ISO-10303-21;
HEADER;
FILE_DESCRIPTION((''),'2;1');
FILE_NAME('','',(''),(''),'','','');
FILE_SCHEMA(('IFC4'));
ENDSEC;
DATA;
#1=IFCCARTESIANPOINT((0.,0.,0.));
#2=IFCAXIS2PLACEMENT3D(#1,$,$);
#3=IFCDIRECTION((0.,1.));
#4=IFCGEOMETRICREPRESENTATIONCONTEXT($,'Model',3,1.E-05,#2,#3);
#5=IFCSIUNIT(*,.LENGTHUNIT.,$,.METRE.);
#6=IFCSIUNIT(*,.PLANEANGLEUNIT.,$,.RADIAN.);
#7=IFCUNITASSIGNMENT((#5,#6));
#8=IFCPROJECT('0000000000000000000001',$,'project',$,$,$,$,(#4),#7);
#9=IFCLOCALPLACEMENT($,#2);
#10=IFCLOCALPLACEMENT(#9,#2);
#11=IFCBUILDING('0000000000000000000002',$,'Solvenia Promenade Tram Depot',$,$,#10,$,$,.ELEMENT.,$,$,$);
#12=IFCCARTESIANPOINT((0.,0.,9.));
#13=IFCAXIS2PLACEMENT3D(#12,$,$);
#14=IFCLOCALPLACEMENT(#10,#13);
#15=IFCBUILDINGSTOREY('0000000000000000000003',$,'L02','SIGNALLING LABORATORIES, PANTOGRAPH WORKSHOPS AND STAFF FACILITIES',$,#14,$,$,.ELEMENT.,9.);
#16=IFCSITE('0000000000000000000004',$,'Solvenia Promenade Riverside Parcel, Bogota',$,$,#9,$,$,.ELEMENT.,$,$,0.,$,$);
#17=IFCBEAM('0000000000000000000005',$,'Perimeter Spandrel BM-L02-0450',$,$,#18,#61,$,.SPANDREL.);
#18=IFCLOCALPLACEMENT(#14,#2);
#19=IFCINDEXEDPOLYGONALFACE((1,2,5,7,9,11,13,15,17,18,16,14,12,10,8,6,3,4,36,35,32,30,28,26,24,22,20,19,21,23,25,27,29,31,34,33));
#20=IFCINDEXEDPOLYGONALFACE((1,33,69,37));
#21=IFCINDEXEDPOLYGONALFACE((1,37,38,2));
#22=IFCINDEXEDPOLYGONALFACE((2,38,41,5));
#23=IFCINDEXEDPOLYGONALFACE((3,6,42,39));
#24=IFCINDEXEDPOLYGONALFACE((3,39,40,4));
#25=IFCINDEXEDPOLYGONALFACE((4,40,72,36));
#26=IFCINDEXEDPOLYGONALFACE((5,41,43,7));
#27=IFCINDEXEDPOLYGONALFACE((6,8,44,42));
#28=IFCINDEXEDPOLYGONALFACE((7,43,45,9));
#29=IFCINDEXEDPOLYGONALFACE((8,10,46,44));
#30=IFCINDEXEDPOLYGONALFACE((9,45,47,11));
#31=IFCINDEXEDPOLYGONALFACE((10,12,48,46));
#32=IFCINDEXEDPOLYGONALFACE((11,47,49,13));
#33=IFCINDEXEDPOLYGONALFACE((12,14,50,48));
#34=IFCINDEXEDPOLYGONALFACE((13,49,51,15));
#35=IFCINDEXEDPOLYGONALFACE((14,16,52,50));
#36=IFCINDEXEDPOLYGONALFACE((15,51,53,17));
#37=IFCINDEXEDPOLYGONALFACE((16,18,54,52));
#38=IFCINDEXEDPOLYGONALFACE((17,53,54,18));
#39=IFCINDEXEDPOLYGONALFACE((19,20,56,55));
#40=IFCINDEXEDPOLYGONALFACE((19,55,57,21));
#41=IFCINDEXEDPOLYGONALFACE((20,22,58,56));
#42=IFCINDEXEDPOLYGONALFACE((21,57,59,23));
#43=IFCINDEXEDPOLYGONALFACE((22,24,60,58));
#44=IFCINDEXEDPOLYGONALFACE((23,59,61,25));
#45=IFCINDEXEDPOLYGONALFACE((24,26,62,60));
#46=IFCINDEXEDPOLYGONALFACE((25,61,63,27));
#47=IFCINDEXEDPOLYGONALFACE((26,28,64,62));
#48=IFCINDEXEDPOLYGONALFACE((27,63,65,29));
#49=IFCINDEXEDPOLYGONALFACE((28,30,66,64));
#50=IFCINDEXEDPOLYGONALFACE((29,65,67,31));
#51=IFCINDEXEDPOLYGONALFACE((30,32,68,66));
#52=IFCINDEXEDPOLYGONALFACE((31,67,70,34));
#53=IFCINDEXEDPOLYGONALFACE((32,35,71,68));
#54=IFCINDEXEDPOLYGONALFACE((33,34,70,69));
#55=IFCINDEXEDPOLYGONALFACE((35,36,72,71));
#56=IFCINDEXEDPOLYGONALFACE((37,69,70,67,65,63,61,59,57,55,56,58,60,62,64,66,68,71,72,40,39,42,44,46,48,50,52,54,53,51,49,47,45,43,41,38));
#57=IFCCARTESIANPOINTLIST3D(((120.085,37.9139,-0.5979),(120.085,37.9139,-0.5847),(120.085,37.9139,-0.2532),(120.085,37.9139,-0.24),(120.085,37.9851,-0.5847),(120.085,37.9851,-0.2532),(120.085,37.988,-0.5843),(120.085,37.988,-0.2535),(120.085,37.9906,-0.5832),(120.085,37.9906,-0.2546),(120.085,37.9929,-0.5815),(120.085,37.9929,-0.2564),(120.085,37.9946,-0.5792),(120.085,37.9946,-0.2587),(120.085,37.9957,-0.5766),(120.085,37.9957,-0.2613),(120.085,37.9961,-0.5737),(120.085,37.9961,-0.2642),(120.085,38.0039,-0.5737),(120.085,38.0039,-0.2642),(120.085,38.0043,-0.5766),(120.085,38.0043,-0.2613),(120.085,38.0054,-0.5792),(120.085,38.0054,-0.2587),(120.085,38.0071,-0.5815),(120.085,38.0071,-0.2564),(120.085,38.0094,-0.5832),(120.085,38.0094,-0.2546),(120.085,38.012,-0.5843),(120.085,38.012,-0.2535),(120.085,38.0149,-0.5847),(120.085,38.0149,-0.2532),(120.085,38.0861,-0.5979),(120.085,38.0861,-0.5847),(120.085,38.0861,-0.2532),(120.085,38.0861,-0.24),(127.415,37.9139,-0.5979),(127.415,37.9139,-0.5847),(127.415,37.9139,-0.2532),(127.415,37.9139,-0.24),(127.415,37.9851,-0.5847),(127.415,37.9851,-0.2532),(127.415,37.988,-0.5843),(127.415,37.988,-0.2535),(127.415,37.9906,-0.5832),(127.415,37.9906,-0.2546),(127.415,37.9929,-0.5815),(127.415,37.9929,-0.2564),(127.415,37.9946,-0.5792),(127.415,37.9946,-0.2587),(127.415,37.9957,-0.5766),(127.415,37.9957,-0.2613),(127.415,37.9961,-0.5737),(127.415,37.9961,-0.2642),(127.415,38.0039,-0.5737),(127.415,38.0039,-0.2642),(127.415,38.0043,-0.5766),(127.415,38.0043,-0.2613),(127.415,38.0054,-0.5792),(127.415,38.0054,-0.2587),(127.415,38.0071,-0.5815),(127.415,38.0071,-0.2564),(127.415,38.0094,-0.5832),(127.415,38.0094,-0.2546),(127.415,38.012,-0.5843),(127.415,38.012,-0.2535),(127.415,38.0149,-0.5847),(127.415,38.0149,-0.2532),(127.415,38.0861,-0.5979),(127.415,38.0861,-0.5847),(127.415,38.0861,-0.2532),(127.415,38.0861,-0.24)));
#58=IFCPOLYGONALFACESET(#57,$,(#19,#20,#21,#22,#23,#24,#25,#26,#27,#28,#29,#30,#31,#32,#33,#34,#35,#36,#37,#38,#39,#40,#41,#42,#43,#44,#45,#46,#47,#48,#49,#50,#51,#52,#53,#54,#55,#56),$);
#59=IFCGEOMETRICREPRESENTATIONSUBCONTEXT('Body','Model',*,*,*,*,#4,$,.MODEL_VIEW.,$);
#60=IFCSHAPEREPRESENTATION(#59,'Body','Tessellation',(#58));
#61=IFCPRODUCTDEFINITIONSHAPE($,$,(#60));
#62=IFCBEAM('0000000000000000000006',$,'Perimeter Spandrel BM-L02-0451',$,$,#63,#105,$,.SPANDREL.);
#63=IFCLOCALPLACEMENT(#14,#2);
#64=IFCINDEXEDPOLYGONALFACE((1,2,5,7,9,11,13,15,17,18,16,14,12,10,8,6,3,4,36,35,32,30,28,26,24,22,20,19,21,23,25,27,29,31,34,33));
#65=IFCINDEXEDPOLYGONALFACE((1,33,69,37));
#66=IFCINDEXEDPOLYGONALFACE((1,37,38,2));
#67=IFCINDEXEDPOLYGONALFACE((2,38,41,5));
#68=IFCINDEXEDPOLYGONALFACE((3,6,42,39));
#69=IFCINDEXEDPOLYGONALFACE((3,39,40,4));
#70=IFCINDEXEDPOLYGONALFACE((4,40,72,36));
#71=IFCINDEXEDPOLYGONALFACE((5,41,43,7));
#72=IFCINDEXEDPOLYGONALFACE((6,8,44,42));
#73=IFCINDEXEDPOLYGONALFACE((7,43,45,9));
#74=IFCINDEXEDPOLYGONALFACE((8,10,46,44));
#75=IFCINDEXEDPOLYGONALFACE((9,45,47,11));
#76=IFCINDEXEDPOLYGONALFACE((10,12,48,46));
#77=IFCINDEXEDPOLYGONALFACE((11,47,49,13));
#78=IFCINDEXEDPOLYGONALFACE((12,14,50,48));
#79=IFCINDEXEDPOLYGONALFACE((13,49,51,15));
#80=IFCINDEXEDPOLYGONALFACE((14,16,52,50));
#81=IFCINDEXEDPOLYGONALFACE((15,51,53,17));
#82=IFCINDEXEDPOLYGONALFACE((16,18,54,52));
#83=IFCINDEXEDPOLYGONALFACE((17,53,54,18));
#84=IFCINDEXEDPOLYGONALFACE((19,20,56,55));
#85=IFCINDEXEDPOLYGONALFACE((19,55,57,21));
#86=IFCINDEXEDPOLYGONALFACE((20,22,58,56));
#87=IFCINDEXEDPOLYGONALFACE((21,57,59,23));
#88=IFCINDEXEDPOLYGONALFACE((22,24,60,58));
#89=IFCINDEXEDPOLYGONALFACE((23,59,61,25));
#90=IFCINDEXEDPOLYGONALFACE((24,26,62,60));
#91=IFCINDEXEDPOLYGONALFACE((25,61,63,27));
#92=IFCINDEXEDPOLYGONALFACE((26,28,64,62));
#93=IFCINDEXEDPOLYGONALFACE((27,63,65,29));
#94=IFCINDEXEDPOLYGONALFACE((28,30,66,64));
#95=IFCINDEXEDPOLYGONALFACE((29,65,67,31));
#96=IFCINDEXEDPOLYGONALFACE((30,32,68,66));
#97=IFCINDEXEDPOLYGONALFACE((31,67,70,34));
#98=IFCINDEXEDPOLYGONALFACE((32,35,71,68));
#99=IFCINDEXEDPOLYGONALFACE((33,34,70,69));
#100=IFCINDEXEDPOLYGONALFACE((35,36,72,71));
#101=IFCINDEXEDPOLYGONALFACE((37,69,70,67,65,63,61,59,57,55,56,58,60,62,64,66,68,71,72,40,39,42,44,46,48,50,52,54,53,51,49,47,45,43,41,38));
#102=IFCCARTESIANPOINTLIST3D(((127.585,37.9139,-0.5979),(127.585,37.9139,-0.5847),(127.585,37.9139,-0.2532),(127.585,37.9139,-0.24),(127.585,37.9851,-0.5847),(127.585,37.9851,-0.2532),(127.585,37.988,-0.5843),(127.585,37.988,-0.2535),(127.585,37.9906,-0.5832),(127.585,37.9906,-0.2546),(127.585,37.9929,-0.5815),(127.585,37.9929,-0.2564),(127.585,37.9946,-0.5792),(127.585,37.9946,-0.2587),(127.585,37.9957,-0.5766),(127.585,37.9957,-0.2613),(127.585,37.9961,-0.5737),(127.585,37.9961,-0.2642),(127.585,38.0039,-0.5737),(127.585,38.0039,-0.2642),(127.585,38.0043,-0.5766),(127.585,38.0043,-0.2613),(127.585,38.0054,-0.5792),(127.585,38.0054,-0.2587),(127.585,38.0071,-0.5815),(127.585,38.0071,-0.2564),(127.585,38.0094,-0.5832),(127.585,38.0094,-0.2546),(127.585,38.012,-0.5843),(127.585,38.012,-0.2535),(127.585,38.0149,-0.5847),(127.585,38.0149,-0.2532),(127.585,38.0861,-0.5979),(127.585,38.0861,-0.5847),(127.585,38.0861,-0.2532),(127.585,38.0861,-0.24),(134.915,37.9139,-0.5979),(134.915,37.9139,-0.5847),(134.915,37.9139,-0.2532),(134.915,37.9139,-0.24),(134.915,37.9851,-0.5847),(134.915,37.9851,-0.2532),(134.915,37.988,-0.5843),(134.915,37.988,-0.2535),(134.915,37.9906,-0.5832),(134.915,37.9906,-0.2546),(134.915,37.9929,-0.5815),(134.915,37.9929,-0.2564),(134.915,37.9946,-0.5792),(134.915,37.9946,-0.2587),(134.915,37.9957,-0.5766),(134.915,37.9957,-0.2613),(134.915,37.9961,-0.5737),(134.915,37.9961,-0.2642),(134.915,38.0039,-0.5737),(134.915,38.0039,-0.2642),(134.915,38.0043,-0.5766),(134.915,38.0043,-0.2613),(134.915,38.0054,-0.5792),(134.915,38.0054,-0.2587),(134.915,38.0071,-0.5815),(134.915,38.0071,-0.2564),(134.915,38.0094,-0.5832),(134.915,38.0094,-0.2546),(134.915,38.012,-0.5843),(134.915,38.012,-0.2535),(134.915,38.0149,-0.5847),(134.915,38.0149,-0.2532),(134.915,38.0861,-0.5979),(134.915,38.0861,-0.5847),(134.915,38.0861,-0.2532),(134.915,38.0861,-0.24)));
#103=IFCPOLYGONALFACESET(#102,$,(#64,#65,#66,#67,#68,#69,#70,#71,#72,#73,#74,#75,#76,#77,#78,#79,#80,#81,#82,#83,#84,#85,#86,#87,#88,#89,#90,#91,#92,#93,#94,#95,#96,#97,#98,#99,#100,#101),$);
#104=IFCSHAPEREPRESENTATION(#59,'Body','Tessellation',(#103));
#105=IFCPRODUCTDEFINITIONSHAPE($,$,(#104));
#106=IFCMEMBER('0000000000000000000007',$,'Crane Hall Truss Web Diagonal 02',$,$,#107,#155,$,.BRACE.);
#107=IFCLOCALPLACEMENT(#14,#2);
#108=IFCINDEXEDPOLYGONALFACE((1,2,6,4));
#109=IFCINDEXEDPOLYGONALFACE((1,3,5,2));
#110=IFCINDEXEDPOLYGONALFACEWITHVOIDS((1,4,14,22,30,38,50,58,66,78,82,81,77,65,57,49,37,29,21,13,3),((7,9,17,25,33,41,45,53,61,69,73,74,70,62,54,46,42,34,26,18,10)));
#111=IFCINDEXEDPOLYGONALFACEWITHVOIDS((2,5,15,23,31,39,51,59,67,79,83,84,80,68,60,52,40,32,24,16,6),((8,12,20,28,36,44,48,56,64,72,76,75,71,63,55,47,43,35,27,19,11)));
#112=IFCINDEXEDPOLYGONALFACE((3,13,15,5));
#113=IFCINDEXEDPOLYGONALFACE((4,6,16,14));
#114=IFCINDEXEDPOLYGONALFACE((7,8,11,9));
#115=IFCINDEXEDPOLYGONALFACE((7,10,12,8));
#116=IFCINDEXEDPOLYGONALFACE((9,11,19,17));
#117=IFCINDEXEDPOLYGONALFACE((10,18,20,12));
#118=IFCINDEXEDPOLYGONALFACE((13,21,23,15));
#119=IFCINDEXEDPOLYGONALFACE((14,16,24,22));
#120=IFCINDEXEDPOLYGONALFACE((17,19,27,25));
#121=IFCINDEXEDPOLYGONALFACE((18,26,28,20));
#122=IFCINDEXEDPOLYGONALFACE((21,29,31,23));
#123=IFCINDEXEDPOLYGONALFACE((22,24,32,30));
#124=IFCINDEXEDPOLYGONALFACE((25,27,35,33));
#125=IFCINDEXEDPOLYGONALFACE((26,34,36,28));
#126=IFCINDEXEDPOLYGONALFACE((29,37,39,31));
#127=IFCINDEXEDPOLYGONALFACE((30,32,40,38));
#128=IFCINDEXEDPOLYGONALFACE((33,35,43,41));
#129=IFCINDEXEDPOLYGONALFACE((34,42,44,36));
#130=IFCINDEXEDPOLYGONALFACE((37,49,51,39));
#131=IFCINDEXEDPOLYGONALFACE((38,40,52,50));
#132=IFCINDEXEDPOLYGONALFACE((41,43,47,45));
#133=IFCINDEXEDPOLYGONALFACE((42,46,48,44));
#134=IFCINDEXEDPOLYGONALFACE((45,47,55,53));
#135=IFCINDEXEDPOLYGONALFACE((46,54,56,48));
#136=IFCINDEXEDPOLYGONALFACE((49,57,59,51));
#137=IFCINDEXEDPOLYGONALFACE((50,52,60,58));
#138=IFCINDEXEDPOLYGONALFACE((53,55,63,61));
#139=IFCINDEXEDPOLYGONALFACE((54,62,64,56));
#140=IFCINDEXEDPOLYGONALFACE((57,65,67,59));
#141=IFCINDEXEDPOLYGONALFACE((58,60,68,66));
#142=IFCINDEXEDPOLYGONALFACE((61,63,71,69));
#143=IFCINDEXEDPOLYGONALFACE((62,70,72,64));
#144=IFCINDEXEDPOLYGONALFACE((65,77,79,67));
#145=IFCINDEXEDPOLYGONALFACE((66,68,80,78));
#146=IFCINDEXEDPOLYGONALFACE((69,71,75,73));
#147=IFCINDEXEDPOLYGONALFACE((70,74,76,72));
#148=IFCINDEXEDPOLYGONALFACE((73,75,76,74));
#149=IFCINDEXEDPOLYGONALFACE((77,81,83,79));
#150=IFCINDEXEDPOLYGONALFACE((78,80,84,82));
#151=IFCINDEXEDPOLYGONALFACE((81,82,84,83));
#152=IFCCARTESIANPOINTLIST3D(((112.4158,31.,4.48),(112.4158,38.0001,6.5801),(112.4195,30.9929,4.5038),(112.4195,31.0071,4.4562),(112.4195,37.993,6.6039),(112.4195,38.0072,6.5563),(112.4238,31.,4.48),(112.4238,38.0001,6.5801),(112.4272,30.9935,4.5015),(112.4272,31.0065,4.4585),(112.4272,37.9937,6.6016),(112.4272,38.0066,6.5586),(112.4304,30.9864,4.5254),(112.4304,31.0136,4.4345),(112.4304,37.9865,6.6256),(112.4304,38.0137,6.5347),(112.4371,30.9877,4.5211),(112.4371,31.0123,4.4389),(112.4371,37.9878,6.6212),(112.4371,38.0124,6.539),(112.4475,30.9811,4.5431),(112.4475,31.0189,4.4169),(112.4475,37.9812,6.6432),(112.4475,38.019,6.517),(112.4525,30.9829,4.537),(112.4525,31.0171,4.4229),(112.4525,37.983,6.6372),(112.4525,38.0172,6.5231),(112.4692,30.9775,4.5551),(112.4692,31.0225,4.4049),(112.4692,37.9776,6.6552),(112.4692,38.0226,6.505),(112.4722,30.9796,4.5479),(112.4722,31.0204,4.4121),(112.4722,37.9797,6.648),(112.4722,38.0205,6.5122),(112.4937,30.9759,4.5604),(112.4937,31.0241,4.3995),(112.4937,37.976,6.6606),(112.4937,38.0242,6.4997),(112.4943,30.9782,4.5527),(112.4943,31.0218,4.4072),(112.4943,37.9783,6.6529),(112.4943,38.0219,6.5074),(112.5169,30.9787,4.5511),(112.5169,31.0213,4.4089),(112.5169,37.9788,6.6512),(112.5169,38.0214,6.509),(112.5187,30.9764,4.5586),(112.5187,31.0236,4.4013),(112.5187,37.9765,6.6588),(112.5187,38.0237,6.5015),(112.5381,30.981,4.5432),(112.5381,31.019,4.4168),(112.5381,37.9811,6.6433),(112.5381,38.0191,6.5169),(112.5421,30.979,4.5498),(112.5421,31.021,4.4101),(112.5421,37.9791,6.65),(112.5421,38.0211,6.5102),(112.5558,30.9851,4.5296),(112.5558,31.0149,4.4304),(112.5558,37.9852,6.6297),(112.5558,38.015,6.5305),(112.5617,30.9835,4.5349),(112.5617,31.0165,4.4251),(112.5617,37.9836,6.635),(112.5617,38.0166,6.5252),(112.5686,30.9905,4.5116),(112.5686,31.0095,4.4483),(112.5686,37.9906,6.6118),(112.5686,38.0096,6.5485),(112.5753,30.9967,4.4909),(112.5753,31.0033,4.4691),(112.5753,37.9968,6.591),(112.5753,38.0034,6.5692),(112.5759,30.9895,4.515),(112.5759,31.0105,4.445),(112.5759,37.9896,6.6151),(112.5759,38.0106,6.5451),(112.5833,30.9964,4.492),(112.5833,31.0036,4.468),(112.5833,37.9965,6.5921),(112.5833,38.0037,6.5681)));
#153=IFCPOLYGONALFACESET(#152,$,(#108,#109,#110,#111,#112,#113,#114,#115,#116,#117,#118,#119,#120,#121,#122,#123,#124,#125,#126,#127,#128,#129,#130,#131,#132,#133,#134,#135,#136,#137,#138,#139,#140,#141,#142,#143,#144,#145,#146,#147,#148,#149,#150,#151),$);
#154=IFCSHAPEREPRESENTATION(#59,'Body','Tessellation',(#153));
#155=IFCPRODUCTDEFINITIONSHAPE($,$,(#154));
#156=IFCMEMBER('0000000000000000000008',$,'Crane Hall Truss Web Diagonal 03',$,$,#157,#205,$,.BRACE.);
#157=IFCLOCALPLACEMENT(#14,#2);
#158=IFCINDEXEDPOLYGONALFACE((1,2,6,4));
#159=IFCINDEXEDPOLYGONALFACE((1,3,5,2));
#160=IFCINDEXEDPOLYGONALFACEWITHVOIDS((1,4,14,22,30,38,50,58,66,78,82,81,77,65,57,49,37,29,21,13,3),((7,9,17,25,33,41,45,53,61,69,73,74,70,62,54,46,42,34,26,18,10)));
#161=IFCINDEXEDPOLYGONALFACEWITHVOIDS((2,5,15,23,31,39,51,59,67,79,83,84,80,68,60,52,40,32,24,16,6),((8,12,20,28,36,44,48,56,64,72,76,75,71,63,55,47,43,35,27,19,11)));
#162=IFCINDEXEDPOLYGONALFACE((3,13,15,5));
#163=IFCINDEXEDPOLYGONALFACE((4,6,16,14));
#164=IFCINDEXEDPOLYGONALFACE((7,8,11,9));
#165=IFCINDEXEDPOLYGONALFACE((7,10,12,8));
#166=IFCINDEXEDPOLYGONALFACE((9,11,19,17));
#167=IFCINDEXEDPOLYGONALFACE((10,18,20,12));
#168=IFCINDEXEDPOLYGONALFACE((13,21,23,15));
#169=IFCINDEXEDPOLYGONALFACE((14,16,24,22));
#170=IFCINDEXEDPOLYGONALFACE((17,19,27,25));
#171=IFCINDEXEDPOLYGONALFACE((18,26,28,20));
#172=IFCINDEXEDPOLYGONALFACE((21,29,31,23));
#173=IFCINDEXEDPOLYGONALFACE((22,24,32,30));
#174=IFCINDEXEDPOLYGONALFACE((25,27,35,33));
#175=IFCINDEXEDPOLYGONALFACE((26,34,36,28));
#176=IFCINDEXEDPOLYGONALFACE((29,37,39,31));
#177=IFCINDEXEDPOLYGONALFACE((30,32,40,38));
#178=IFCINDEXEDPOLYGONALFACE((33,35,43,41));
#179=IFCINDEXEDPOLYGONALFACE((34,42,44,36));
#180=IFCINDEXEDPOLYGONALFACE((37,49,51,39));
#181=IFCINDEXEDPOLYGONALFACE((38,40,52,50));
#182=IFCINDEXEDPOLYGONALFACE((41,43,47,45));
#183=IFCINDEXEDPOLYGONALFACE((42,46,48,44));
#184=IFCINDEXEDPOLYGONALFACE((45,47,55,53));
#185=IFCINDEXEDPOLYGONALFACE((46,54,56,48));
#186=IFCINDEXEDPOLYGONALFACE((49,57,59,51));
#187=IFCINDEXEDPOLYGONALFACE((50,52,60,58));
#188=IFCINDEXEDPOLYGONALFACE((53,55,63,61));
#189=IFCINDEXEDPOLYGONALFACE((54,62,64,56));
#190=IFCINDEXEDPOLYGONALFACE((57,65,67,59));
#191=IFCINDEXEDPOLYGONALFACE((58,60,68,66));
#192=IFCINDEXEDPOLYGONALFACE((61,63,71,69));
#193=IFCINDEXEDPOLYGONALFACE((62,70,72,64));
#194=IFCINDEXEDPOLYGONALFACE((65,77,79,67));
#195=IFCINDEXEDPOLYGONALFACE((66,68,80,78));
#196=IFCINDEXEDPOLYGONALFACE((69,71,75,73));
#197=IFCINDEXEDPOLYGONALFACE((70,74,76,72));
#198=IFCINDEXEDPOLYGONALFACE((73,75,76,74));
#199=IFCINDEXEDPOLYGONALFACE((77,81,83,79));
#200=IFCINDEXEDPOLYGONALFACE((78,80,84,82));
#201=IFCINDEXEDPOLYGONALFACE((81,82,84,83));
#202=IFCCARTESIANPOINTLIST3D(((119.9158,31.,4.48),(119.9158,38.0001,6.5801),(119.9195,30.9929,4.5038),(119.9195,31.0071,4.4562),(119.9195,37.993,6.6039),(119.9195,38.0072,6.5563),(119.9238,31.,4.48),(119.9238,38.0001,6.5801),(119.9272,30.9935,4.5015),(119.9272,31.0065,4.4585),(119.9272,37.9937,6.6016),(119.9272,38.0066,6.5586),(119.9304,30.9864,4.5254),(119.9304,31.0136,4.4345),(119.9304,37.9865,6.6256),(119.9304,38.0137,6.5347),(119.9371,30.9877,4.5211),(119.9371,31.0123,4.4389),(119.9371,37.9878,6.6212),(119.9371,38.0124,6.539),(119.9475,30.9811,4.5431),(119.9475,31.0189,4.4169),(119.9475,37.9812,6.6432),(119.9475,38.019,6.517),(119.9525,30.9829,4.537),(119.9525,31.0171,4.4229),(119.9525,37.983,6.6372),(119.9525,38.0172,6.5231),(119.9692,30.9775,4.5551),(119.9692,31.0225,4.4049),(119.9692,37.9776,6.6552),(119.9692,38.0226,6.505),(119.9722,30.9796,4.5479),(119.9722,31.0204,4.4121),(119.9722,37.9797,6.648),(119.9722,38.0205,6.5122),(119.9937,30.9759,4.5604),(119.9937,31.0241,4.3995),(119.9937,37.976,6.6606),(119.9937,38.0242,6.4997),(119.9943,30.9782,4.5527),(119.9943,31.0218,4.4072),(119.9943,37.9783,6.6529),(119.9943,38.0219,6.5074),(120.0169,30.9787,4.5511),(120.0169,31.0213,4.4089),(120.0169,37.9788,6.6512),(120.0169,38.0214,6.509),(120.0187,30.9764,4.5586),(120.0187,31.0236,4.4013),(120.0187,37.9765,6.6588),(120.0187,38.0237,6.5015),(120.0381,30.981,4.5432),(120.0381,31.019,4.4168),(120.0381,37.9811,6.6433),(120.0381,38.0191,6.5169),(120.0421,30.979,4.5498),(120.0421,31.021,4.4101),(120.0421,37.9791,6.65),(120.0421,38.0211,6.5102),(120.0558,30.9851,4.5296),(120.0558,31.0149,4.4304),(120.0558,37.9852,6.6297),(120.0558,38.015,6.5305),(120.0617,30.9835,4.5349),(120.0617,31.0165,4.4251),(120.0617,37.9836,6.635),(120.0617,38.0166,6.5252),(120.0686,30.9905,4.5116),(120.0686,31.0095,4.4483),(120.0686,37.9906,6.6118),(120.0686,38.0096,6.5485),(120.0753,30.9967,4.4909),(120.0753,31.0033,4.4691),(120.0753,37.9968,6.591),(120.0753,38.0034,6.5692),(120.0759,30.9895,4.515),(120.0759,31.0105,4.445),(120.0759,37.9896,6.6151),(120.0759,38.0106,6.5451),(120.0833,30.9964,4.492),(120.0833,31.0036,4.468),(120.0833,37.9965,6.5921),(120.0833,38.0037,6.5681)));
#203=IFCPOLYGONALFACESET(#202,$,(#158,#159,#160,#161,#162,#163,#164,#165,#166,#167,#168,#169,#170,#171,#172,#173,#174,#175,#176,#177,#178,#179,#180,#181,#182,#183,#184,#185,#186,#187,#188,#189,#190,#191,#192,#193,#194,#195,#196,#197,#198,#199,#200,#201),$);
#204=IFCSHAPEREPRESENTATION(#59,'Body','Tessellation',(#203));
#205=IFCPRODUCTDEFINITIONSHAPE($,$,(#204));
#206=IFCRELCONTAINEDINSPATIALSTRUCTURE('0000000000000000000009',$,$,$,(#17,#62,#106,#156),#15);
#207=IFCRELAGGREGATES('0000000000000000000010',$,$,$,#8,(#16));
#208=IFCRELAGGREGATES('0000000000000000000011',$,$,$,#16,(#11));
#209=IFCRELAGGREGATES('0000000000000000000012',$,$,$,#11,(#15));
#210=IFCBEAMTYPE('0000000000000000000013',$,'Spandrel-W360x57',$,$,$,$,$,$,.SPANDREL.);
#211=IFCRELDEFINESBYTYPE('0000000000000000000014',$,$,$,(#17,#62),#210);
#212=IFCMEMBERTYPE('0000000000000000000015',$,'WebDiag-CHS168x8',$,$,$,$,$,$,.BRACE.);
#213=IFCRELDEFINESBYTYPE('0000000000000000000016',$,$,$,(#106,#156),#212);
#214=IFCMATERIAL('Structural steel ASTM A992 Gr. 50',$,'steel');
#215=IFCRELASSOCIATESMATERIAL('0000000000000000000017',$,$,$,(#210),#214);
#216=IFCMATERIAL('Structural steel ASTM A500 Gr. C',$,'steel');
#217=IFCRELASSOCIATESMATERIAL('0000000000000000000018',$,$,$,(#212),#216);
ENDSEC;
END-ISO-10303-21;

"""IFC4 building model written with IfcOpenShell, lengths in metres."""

from ifc_helpers import new_model, si_unit, direction, frame, origin, origin_2d, place, context, subcontext, project, spatial, hollow_circle, i_section, extrude, material, material_profile, profile_set, type_object, element, save


model = new_model("IFC4")

# Units and contexts
model_context = context("Model", 3, precision=1e-05, world=origin(), true_north=direction((0.0, 1.0)))
body_context = subcontext(model_context, "Body", "Model", "MODEL_VIEW")
ifc_project = project(units=[si_unit("LENGTHUNIT", "METRE"), si_unit("PLANEANGLEUNIT", "RADIAN")], contexts=[model_context])

# Site, building, storey
site_placement = place(None, origin())
site = spatial("IfcSite", under=ifc_project, at=site_placement, Name="Solvenia Promenade Riverside Parcel, Bogota", CompositionType="ELEMENT", RefElevation=0.0)
building_placement = place(site_placement, origin())
building = spatial("IfcBuilding", under=site, at=building_placement, Name="Solvenia Promenade Tram Depot", CompositionType="ELEMENT")
storey_placement = place(building_placement, frame((0.0, 0.0, 9.0)))
storey = spatial("IfcBuildingStorey", under=building, at=storey_placement, Name="L02", Description="SIGNALLING LABORATORIES, PANTOGRAPH WORKSHOPS AND STAFF FACILITIES", CompositionType="ELEMENT", Elevation=9.0)

# Shared definitions
ifc_material_1 = material(Name="Structural steel ASTM A992 Gr. 50", Category="steel")

# Shared definitions
ifc_material_2 = material(Name="Structural steel ASTM A500 Gr. C", Category="steel")

# Beams
ifc_material_profile_1 = material_profile(ifc_material_1, i_section(OverallWidth=0.1721, OverallDepth=0.3579, WebThickness=0.0078, FlangeThickness=0.0132, FilletRadius=0.011, at=origin_2d()), Name="W360x57", Category="steel")
ifc_profile_set_1 = profile_set([ifc_material_profile_1], Name="Structural steel ASTM A992 Gr. 50")
beam_type_1 = type_object("IfcBeamType", Name="Spandrel-W360x57", PredefinedType="SPANDREL", material=ifc_profile_set_1)
for number, where, z_axis, x_axis, name in (
    (1, (120.085, 38.0, -0.4189), (1.0, 0.0, 0.0), (0.0, 1.0, 0.0), "Perimeter Spandrel BM-L02-0450"),
    (2, (127.585, 38.0, -0.4189), (1.0, 0.0, 0.0), (0.0, 1.0, 0.0), "Perimeter Spandrel BM-L02-0451"),
):
    element("IfcBeam", number, at=place(storey_placement, frame(where, z_axis=z_axis, x_axis=x_axis)), inside=storey, type_object=beam_type_1, Name=name, PredefinedType="SPANDREL", context=body_context, shape_type="SweptSolid", body=[
        extrude(i_section(OverallWidth=0.1721, OverallDepth=0.3579, WebThickness=0.0078, FlangeThickness=0.0132, FilletRadius=0.011, at=origin_2d()), origin(), (0.0, 0.0, 1.0), 7.3301),
    ])

# Members
ifc_material_profile_2 = material_profile(ifc_material_2, hollow_circle(Radius=0.0842, WallThickness=0.0081, at=origin_2d()), Name="CHS168.3x8", Category="steel")
ifc_profile_set_2 = profile_set([ifc_material_profile_2], Name="Structural steel ASTM A500 Gr. C")
member_type_1 = type_object("IfcMemberType", Name="WebDiag-CHS168x8", PredefinedType="BRACE", material=ifc_profile_set_2)
for number, where, z_axis, x_axis, name in (
    (3, (112.5, 31.0, 4.48), (0.0, 0.957823, 0.28736), (-1.0, 0.0, 0.0), "Crane Hall Truss Web Diagonal 02"),
    (4, (120.0, 31.0, 4.48), (0.0, 0.957823, 0.28736), (-1.0, 0.0, 0.0), "Crane Hall Truss Web Diagonal 03"),
):
    element("IfcMember", number, at=place(storey_placement, frame(where, z_axis=z_axis, x_axis=x_axis)), inside=storey, type_object=member_type_1, Name=name, PredefinedType="BRACE", context=body_context, shape_type="SweptSolid", body=[
        extrude(hollow_circle(Radius=0.0842, WallThickness=0.0081, at=origin_2d()), origin(), (0.0, 0.0, 1.0), 7.3083),
    ])

save(model, "model.ifc")
